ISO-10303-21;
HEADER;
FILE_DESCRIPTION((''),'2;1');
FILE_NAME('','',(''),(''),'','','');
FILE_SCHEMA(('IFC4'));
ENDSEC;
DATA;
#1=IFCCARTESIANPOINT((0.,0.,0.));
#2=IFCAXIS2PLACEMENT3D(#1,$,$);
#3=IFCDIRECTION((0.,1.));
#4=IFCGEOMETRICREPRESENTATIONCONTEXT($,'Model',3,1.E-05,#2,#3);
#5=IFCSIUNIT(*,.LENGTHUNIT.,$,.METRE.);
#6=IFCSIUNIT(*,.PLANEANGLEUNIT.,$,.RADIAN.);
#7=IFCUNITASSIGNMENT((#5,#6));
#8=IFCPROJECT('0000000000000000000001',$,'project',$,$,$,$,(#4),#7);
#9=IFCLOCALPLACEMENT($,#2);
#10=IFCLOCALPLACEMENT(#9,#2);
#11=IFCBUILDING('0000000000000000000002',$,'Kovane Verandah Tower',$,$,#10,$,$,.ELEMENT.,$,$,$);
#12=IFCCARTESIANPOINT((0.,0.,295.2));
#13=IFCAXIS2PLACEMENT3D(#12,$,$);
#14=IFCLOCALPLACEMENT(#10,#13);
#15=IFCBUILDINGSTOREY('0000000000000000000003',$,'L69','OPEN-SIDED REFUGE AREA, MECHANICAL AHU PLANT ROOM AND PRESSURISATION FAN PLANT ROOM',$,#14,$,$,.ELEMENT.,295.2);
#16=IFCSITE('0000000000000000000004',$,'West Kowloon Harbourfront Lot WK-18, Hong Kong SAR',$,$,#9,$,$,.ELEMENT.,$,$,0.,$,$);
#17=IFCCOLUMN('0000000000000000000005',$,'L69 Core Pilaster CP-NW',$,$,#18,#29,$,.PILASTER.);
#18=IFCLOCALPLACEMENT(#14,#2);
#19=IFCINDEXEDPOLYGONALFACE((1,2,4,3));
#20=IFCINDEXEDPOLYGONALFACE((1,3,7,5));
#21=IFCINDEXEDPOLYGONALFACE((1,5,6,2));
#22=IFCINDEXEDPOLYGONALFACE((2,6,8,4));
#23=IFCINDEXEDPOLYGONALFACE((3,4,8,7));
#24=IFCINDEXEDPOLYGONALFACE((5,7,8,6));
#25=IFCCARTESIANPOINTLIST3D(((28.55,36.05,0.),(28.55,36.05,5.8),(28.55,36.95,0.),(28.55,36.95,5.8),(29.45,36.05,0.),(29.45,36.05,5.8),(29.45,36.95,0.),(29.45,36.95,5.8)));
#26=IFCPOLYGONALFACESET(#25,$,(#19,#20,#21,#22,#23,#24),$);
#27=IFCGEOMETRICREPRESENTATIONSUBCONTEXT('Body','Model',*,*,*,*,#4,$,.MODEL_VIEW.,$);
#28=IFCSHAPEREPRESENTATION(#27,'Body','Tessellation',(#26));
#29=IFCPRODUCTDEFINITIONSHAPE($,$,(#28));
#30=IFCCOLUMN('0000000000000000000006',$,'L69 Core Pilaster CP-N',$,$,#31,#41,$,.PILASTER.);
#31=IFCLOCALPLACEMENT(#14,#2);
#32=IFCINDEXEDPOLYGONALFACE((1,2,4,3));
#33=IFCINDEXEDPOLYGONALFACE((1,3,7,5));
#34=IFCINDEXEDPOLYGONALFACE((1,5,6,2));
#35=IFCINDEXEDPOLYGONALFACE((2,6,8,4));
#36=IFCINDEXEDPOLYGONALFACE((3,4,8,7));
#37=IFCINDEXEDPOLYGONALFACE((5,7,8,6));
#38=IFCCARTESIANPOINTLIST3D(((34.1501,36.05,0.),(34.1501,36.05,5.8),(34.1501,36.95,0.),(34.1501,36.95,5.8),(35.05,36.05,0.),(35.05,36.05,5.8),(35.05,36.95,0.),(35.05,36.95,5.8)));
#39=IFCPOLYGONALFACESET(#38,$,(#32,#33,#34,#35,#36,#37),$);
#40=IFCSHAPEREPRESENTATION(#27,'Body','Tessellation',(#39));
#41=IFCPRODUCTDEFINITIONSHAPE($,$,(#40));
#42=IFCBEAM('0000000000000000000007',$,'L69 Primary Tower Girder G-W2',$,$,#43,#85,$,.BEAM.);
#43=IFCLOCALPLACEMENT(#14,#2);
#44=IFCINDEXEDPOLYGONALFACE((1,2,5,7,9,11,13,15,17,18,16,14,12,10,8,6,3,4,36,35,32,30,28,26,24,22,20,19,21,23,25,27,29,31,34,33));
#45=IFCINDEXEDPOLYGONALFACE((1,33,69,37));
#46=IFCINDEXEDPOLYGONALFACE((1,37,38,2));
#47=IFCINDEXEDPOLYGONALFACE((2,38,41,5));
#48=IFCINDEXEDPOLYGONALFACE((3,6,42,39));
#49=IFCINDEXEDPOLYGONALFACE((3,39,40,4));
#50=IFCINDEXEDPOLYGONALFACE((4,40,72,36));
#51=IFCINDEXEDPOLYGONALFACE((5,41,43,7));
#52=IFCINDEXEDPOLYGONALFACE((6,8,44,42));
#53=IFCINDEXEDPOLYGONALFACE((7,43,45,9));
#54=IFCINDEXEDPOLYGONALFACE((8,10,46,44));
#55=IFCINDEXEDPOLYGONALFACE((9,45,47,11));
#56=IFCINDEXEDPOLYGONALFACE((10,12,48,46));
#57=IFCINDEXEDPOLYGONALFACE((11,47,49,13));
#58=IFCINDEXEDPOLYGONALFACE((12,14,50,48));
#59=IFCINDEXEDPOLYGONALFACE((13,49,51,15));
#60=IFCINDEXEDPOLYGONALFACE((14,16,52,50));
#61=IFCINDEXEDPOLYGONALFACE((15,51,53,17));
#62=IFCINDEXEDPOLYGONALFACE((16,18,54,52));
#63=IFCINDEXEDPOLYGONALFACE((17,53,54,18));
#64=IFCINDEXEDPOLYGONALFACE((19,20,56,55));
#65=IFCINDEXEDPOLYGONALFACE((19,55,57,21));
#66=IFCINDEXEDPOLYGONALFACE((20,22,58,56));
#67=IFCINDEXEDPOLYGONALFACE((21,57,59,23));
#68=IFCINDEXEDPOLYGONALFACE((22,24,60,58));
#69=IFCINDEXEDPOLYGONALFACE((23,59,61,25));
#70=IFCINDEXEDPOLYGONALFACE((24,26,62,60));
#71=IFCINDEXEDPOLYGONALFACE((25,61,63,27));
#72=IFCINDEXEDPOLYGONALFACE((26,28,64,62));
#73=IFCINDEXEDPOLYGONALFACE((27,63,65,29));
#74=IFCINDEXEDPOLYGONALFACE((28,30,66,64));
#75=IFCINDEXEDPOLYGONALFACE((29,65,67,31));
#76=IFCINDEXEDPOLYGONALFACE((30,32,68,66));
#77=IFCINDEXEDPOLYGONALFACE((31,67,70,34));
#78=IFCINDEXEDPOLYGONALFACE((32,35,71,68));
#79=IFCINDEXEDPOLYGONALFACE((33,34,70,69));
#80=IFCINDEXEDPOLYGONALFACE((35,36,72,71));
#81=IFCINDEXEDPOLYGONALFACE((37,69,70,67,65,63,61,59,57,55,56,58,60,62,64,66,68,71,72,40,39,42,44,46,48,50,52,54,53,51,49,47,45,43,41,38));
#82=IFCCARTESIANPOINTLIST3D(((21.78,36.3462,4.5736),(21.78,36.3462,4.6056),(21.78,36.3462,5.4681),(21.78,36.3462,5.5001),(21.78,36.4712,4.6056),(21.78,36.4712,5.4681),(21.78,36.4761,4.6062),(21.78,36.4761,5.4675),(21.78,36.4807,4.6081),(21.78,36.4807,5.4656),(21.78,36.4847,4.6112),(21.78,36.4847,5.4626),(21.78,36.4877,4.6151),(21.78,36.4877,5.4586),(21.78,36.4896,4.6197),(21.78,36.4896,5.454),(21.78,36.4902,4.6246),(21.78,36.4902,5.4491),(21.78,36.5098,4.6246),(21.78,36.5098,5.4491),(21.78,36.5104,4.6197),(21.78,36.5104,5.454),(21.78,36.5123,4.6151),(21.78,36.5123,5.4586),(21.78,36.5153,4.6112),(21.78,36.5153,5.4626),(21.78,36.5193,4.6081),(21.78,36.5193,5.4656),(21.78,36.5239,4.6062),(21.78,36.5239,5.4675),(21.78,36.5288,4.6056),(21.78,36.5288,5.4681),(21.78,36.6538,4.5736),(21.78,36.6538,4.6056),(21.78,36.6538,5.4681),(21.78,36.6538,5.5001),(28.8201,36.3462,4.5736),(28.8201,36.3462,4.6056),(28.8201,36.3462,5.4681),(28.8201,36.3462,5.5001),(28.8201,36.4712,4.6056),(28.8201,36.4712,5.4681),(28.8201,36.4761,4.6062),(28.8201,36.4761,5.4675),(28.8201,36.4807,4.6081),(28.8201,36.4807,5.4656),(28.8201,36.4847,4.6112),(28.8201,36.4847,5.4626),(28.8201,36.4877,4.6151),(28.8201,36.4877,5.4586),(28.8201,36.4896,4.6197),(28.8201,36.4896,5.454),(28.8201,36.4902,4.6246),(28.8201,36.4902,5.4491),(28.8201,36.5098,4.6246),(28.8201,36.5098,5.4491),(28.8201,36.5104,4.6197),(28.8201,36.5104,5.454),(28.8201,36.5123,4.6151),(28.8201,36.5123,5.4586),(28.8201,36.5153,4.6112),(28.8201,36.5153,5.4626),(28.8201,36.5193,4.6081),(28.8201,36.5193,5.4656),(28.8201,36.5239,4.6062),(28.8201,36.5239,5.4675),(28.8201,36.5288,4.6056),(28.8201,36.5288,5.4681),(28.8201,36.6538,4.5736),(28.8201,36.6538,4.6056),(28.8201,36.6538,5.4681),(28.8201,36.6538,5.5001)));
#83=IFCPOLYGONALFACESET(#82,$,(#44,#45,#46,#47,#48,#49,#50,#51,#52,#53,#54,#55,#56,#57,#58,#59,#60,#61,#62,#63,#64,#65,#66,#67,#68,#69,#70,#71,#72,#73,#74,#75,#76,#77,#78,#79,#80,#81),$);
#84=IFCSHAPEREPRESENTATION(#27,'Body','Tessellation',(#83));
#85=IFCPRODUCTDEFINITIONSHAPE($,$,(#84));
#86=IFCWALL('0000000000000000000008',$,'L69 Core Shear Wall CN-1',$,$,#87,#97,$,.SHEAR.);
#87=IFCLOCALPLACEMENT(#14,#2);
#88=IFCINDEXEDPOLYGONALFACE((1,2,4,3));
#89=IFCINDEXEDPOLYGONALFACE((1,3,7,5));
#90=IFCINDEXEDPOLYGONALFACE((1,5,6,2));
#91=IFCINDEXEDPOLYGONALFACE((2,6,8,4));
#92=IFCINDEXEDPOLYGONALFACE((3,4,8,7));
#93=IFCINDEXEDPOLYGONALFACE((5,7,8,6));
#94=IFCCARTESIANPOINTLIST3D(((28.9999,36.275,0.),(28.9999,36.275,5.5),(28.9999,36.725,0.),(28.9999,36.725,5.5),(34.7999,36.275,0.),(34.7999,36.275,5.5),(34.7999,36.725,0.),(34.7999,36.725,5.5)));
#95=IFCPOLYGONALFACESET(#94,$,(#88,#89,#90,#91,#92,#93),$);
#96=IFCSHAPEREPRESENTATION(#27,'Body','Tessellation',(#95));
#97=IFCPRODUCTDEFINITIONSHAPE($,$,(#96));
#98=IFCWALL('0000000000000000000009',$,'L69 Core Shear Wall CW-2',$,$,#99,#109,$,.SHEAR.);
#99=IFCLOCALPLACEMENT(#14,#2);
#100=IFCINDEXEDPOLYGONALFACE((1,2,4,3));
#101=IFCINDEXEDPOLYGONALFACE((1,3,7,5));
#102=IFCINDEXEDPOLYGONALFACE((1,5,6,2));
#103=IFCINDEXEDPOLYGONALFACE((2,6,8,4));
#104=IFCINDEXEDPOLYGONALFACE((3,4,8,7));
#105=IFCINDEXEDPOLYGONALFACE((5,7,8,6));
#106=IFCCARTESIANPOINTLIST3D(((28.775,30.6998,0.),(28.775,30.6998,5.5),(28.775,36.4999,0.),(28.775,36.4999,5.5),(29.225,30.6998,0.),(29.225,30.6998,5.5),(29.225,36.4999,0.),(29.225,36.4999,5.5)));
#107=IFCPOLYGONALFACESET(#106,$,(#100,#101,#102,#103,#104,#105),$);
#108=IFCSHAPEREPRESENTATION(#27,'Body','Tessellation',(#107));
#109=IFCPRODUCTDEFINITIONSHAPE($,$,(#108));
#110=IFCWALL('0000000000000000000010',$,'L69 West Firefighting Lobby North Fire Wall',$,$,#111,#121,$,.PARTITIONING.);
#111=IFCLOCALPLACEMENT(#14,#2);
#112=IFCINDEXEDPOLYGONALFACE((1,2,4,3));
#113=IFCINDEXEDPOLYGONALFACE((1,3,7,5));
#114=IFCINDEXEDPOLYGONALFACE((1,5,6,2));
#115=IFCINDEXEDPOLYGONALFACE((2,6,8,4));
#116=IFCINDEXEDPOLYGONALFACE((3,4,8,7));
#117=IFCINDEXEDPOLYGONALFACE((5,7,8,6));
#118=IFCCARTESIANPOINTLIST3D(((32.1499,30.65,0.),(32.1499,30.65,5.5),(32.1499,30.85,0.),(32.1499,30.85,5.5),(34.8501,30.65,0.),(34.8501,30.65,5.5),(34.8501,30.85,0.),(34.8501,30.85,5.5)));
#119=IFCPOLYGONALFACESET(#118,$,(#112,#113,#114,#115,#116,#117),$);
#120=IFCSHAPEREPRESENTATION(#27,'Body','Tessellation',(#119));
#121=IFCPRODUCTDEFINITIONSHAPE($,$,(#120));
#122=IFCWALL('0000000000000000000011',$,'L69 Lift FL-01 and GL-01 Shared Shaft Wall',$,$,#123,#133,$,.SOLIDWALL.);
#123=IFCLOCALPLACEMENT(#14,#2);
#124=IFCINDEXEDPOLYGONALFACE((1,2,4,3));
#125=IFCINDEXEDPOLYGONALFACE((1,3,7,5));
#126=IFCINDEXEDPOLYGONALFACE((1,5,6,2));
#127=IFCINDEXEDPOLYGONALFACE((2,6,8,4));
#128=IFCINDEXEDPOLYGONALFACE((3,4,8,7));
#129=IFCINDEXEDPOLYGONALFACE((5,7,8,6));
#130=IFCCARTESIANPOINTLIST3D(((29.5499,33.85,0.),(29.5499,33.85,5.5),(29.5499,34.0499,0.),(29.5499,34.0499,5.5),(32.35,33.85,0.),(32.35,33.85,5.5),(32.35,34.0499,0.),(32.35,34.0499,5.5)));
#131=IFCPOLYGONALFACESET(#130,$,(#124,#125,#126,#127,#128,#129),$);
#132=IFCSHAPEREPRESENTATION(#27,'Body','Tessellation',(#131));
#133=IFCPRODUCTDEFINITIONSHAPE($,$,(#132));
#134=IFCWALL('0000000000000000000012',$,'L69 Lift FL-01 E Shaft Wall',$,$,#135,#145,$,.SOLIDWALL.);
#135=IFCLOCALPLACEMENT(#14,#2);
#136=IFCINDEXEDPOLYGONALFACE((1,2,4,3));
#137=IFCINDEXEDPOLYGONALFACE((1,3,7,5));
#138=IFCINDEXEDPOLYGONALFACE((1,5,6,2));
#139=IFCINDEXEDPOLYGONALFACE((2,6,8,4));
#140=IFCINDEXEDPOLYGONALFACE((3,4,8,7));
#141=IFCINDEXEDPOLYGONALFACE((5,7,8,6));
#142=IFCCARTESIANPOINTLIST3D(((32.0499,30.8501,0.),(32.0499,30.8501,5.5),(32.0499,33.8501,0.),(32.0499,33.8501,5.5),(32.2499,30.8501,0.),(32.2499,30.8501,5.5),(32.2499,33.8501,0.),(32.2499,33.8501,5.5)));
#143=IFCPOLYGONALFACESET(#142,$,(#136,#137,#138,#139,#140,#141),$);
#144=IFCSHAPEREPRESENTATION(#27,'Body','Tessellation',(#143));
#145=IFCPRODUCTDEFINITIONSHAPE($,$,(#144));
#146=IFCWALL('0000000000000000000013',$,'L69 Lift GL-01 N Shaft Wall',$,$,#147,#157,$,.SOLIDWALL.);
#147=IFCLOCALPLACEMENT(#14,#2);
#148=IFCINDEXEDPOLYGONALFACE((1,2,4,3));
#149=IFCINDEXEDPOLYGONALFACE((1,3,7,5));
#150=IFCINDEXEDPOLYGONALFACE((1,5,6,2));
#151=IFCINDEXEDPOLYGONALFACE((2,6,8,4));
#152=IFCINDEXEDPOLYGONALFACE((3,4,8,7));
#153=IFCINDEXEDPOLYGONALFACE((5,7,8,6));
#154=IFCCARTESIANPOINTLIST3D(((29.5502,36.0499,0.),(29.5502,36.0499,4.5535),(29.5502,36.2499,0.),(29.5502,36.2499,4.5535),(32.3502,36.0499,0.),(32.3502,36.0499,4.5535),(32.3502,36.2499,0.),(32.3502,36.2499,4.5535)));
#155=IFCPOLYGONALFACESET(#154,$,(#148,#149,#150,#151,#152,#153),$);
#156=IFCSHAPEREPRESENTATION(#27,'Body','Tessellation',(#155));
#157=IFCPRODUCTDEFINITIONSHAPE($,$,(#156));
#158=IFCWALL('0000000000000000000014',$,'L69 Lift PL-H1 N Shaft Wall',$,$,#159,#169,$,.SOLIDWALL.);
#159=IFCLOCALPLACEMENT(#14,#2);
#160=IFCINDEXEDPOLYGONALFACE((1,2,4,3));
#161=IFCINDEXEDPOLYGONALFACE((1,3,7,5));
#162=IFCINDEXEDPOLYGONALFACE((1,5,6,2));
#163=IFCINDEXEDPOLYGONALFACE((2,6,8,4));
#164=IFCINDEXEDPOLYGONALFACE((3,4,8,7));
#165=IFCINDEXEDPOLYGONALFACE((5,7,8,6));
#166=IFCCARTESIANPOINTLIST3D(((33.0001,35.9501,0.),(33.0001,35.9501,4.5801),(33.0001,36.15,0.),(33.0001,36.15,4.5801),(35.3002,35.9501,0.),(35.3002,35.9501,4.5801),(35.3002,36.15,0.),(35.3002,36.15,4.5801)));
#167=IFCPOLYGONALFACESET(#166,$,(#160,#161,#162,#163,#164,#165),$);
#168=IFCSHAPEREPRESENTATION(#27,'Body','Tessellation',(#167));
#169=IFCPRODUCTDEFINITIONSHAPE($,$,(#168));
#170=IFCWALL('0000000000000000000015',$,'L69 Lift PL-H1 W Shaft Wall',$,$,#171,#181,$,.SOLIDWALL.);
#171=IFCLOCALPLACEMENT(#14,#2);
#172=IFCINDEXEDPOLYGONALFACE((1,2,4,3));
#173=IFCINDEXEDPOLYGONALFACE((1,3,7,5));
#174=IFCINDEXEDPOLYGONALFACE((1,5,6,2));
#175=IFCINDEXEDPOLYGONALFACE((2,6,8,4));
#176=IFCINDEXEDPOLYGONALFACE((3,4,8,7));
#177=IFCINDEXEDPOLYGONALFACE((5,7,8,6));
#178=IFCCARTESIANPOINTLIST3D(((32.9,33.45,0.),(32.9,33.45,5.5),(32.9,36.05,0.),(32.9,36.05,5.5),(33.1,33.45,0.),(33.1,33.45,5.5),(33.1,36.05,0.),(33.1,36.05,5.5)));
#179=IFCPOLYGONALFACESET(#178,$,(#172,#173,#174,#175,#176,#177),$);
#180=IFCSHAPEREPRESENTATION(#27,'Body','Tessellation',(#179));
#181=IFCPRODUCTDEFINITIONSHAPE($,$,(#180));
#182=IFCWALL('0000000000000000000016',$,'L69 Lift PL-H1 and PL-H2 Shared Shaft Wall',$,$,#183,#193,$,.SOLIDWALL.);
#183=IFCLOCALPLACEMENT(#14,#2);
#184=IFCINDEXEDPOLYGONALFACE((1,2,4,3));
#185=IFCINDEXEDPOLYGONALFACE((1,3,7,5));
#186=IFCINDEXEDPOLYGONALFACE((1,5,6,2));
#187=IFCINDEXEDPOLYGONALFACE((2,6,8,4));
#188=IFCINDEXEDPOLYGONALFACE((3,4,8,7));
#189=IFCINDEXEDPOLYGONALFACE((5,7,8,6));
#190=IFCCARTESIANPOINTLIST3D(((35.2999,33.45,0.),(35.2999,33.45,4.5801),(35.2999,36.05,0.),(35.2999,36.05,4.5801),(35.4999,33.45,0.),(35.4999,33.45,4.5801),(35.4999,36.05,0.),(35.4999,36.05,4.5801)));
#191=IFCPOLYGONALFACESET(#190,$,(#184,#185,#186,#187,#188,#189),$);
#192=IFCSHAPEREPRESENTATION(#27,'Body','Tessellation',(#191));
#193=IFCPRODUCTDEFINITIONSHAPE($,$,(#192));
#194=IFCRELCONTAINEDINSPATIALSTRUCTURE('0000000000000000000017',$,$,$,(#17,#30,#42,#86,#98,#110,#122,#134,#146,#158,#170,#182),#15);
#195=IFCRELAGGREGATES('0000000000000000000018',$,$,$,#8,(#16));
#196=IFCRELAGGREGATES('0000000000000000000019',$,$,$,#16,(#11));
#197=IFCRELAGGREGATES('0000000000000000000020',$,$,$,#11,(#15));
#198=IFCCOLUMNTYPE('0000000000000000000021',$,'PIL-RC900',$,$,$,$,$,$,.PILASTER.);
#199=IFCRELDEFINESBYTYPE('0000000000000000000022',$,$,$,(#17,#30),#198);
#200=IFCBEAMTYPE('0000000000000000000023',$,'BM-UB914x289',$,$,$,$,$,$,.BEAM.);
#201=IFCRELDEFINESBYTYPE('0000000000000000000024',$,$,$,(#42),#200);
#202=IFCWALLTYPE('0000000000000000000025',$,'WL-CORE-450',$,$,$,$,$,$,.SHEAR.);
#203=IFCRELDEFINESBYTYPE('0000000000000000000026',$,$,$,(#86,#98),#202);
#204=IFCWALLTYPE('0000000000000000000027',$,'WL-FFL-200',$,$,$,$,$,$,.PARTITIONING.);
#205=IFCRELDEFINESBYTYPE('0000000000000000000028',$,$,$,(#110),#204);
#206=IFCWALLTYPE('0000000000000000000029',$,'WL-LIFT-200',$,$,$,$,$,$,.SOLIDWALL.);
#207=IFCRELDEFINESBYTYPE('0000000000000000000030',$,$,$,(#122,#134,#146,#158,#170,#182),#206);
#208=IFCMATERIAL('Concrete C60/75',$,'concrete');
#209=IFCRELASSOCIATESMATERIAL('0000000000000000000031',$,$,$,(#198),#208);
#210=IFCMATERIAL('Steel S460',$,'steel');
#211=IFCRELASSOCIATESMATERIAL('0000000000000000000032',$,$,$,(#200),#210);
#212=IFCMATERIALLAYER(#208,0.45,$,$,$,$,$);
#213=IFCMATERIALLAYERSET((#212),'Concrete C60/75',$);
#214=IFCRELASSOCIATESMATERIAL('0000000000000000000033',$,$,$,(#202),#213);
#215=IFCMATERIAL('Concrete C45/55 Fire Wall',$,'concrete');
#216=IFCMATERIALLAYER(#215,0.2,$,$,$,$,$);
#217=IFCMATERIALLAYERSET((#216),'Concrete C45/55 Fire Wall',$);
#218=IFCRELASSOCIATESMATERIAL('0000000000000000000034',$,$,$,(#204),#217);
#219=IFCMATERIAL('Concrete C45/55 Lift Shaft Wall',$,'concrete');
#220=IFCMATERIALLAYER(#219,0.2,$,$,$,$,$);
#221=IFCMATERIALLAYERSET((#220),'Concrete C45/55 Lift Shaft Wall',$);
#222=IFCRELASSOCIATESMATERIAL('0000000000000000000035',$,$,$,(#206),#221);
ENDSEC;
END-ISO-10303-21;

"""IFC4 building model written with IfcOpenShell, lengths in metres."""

from ifc_helpers import new_model, si_unit, direction, frame, frame_2d, origin, origin_2d, place, context, subcontext, project, spatial, rectangle, i_section, extrude, material, layer, layer_set, material_profile, profile_set, type_object, element, save


model = new_model("IFC4")

# Units and contexts
model_context = context("Model", 3, precision=1e-05, world=origin(), true_north=direction((0.0, 1.0)))
body_context = subcontext(model_context, "Body", "Model", "MODEL_VIEW")
ifc_project = project(units=[si_unit("LENGTHUNIT", "METRE"), si_unit("PLANEANGLEUNIT", "RADIAN")], contexts=[model_context])

# Site, building, storey
site_placement = place(None, origin())
site = spatial("IfcSite", under=ifc_project, at=site_placement, Name="West Kowloon Harbourfront Lot WK-18, Hong Kong SAR", CompositionType="ELEMENT", RefElevation=0.0)
building_placement = place(site_placement, origin())
building = spatial("IfcBuilding", under=site, at=building_placement, Name="Kovane Verandah Tower", CompositionType="ELEMENT")
storey_placement = place(building_placement, frame((0.0, 0.0, 295.2)))
storey = spatial("IfcBuildingStorey", under=building, at=storey_placement, Name="L69", Description="OPEN-SIDED REFUGE AREA, MECHANICAL AHU PLANT ROOM AND PRESSURISATION FAN PLANT ROOM", CompositionType="ELEMENT", Elevation=295.2)

# Columns
ifc_material_1 = material(Name="Concrete C60/75", Category="concrete")
ifc_material_profile_1 = material_profile(ifc_material_1, rectangle(XDim=0.8999, YDim=0.8999, at=origin_2d()), Name="RC900x900")
ifc_profile_set_1 = profile_set([ifc_material_profile_1], Name="Concrete C60/75")
column_type = type_object("IfcColumnType", Name="PIL-RC900", PredefinedType="PILASTER", material=ifc_profile_set_1)
for number, where, z_axis, x_axis, name in (
    (1, (29.0, 36.5, 0.0), (0.0, 0.0, 1.0), (1.0, 0.0, 0.0), "L69 Core Pilaster CP-NW"),
    (2, (34.6001, 36.5, 0.0), (0.0, 0.0, 1.0), (1.0, 0.0, 0.0), "L69 Core Pilaster CP-N"),
):
    element("IfcColumn", number, at=place(storey_placement, frame(where, z_axis=z_axis, x_axis=x_axis)), inside=storey, type_object=column_type, Name=name, PredefinedType="PILASTER", context=body_context, shape_type="SweptSolid", body=[
        extrude(rectangle(XDim=0.8999, YDim=0.8999, at=origin_2d()), origin(), (0.0, 0.0, 1.0), 5.8),
    ])

# Beam
ifc_material_2 = material(Name="Steel S460", Category="steel")
ifc_material_profile_2 = material_profile(ifc_material_2, i_section(OverallWidth=0.3076, OverallDepth=0.9265, WebThickness=0.0195, FlangeThickness=0.032, FilletRadius=0.019, at=origin_2d()), Name="UB914x305x289")
ifc_profile_set_2 = profile_set([ifc_material_profile_2], Name="Steel S460")
beam_type = type_object("IfcBeamType", Name="BM-UB914x289", PredefinedType="BEAM", material=ifc_profile_set_2)
beam_placement = place(storey_placement, frame((28.8201, 36.5, 5.0369), z_axis=(-1.0, 0.0, 0.0), x_axis=(0.0, -1.0, 0.0)))
element("IfcBeam", 3, at=beam_placement, inside=storey, type_object=beam_type, Name="L69 Primary Tower Girder G-W2", PredefinedType="BEAM", context=body_context, shape_type="SweptSolid", body=[
    extrude(i_section(OverallWidth=0.3076, OverallDepth=0.9265, WebThickness=0.0195, FlangeThickness=0.032, FilletRadius=0.019, at=origin_2d()), origin(), (0.0, 0.0, 1.0), 7.04),
])

# Walls
ifc_layer_1 = layer(ifc_material_1, 0.45)
ifc_layer_set_1 = layer_set([ifc_layer_1], Name="Concrete C60/75")
wall_type_1 = type_object("IfcWallType", Name="WL-CORE-450", PredefinedType="SHEAR", material=ifc_layer_set_1)
for number, where, z_axis, x_axis, name in (
    (4, (29.0, 36.5, 0.0), (0.0, 0.0, 1.0), (1.0, 0.0, 0.0), "L69 Core Shear Wall CN-1"),
    (5, (29.0, 30.7, 0.0), (0.0, 0.0, 1.0), (0.0, 1.0, 0.0), "L69 Core Shear Wall CW-2"),
):
    element("IfcWall", number, at=place(storey_placement, frame(where, z_axis=z_axis, x_axis=x_axis)), inside=storey, type_object=wall_type_1, Name=name, PredefinedType="SHEAR", context=body_context, shape_type="SweptSolid", body=[
        extrude(rectangle(XDim=5.8, YDim=0.45, at=frame_2d((2.8999, 0.0))), origin(), (0.0, 0.0, 1.0), 5.5),
    ])

# Shared definitions
ifc_material_3 = material(Name="Concrete C45/55 Fire Wall", Category="concrete")
ifc_layer_2 = layer(ifc_material_3, 0.2)
ifc_layer_set_2 = layer_set([ifc_layer_2], Name="Concrete C45/55 Fire Wall")
wall_type_2 = type_object("IfcWallType", Name="WL-FFL-200", PredefinedType="PARTITIONING", material=ifc_layer_set_2)

# Wall
wall_1_placement = place(storey_placement, frame((32.1499, 30.75, 0.0), z_axis=(0.0, 0.0, 1.0), x_axis=(1.0, 0.0, 0.0)))
element("IfcWall", 6, at=wall_1_placement, inside=storey, type_object=wall_type_2, Name="L69 West Firefighting Lobby North Fire Wall", PredefinedType="PARTITIONING", context=body_context, shape_type="SweptSolid", body=[
    extrude(rectangle(XDim=2.7002, YDim=0.2, at=frame_2d((1.3501, 0.0))), origin(), (0.0, 0.0, 1.0), 5.5),
])

# Shared definitions
ifc_material_4 = material(Name="Concrete C45/55 Lift Shaft Wall", Category="concrete")
ifc_layer_3 = layer(ifc_material_4, 0.2)
ifc_layer_set_3 = layer_set([ifc_layer_3], Name="Concrete C45/55 Lift Shaft Wall")
wall_type_3 = type_object("IfcWallType", Name="WL-LIFT-200", PredefinedType="SOLIDWALL", material=ifc_layer_set_3)

# Walls
wall_2_placement = place(storey_placement, frame((29.55, 33.95, 0.0), z_axis=(0.0, 0.0, 1.0), x_axis=(1.0, 0.0, 0.0)))
element("IfcWall", 7, at=wall_2_placement, inside=storey, type_object=wall_type_3, Name="L69 Lift FL-01 and GL-01 Shared Shaft Wall", PredefinedType="SOLIDWALL", context=body_context, shape_type="SweptSolid", body=[
    extrude(rectangle(XDim=2.8, YDim=0.2, at=frame_2d((1.3999, 0.0))), origin(), (0.0, 0.0, 1.0), 5.5),
])
wall_3_placement = place(storey_placement, frame((32.1499, 30.8501, 0.0), z_axis=(0.0, 0.0, 1.0), x_axis=(0.0, 1.0, 0.0)))
element("IfcWall", 8, at=wall_3_placement, inside=storey, type_object=wall_type_3, Name="L69 Lift FL-01 E Shaft Wall", PredefinedType="SOLIDWALL", context=body_context, shape_type="SweptSolid", body=[
    extrude(rectangle(XDim=3.0, YDim=0.2, at=frame_2d((1.5, 0.0))), origin(), (0.0, 0.0, 1.0), 5.5),
])
wall_4_placement = place(storey_placement, frame((32.3501, 36.1499, 0.0), z_axis=(0.0, 0.0, 1.0), x_axis=(-1.0, 0.0, 0.0)))
element("IfcWall", 9, at=wall_4_placement, inside=storey, type_object=wall_type_3, Name="L69 Lift GL-01 N Shaft Wall", PredefinedType="SOLIDWALL", context=body_context, shape_type="SweptSolid", body=[
    extrude(rectangle(XDim=2.8, YDim=0.2, at=frame_2d((1.3999, 0.0))), origin(), (0.0, 0.0, 1.0), 4.5535),
])

# Walls
wall_5_placement = place(storey_placement, frame((35.3, 36.05, 0.0), z_axis=(0.0, 0.0, 1.0), x_axis=(-1.0, 0.0, 0.0)))
element("IfcWall", 10, at=wall_5_placement, inside=storey, type_object=wall_type_3, Name="L69 Lift PL-H1 N Shaft Wall", PredefinedType="SOLIDWALL", context=body_context, shape_type="SweptSolid", body=[
    extrude(rectangle(XDim=2.3, YDim=0.2, at=frame_2d((1.1499, 0.0))), origin(), (0.0, 0.0, 1.0), 4.5801),
])
wall_6_placement = place(storey_placement, frame((33.0, 36.05, 0.0), z_axis=(0.0, 0.0, 1.0), x_axis=(0.0, -1.0, 0.0)))
element("IfcWall", 11, at=wall_6_placement, inside=storey, type_object=wall_type_3, Name="L69 Lift PL-H1 W Shaft Wall", PredefinedType="SOLIDWALL", context=body_context, shape_type="SweptSolid", body=[
    extrude(rectangle(XDim=2.6001, YDim=0.2, at=frame_2d((1.3, 0.0))), origin(), (0.0, 0.0, 1.0), 5.5),
])
wall_7_placement = place(storey_placement, frame((35.3999, 33.45, 0.0), z_axis=(0.0, 0.0, 1.0), x_axis=(0.0, 1.0, 0.0)))
element("IfcWall", 12, at=wall_7_placement, inside=storey, type_object=wall_type_3, Name="L69 Lift PL-H1 and PL-H2 Shared Shaft Wall", PredefinedType="SOLIDWALL", context=body_context, shape_type="SweptSolid", body=[
    extrude(rectangle(XDim=2.6001, YDim=0.2, at=frame_2d((1.3, 0.0))), origin(), (0.0, 0.0, 1.0), 4.5801),
])

save(model, "model.ifc")
